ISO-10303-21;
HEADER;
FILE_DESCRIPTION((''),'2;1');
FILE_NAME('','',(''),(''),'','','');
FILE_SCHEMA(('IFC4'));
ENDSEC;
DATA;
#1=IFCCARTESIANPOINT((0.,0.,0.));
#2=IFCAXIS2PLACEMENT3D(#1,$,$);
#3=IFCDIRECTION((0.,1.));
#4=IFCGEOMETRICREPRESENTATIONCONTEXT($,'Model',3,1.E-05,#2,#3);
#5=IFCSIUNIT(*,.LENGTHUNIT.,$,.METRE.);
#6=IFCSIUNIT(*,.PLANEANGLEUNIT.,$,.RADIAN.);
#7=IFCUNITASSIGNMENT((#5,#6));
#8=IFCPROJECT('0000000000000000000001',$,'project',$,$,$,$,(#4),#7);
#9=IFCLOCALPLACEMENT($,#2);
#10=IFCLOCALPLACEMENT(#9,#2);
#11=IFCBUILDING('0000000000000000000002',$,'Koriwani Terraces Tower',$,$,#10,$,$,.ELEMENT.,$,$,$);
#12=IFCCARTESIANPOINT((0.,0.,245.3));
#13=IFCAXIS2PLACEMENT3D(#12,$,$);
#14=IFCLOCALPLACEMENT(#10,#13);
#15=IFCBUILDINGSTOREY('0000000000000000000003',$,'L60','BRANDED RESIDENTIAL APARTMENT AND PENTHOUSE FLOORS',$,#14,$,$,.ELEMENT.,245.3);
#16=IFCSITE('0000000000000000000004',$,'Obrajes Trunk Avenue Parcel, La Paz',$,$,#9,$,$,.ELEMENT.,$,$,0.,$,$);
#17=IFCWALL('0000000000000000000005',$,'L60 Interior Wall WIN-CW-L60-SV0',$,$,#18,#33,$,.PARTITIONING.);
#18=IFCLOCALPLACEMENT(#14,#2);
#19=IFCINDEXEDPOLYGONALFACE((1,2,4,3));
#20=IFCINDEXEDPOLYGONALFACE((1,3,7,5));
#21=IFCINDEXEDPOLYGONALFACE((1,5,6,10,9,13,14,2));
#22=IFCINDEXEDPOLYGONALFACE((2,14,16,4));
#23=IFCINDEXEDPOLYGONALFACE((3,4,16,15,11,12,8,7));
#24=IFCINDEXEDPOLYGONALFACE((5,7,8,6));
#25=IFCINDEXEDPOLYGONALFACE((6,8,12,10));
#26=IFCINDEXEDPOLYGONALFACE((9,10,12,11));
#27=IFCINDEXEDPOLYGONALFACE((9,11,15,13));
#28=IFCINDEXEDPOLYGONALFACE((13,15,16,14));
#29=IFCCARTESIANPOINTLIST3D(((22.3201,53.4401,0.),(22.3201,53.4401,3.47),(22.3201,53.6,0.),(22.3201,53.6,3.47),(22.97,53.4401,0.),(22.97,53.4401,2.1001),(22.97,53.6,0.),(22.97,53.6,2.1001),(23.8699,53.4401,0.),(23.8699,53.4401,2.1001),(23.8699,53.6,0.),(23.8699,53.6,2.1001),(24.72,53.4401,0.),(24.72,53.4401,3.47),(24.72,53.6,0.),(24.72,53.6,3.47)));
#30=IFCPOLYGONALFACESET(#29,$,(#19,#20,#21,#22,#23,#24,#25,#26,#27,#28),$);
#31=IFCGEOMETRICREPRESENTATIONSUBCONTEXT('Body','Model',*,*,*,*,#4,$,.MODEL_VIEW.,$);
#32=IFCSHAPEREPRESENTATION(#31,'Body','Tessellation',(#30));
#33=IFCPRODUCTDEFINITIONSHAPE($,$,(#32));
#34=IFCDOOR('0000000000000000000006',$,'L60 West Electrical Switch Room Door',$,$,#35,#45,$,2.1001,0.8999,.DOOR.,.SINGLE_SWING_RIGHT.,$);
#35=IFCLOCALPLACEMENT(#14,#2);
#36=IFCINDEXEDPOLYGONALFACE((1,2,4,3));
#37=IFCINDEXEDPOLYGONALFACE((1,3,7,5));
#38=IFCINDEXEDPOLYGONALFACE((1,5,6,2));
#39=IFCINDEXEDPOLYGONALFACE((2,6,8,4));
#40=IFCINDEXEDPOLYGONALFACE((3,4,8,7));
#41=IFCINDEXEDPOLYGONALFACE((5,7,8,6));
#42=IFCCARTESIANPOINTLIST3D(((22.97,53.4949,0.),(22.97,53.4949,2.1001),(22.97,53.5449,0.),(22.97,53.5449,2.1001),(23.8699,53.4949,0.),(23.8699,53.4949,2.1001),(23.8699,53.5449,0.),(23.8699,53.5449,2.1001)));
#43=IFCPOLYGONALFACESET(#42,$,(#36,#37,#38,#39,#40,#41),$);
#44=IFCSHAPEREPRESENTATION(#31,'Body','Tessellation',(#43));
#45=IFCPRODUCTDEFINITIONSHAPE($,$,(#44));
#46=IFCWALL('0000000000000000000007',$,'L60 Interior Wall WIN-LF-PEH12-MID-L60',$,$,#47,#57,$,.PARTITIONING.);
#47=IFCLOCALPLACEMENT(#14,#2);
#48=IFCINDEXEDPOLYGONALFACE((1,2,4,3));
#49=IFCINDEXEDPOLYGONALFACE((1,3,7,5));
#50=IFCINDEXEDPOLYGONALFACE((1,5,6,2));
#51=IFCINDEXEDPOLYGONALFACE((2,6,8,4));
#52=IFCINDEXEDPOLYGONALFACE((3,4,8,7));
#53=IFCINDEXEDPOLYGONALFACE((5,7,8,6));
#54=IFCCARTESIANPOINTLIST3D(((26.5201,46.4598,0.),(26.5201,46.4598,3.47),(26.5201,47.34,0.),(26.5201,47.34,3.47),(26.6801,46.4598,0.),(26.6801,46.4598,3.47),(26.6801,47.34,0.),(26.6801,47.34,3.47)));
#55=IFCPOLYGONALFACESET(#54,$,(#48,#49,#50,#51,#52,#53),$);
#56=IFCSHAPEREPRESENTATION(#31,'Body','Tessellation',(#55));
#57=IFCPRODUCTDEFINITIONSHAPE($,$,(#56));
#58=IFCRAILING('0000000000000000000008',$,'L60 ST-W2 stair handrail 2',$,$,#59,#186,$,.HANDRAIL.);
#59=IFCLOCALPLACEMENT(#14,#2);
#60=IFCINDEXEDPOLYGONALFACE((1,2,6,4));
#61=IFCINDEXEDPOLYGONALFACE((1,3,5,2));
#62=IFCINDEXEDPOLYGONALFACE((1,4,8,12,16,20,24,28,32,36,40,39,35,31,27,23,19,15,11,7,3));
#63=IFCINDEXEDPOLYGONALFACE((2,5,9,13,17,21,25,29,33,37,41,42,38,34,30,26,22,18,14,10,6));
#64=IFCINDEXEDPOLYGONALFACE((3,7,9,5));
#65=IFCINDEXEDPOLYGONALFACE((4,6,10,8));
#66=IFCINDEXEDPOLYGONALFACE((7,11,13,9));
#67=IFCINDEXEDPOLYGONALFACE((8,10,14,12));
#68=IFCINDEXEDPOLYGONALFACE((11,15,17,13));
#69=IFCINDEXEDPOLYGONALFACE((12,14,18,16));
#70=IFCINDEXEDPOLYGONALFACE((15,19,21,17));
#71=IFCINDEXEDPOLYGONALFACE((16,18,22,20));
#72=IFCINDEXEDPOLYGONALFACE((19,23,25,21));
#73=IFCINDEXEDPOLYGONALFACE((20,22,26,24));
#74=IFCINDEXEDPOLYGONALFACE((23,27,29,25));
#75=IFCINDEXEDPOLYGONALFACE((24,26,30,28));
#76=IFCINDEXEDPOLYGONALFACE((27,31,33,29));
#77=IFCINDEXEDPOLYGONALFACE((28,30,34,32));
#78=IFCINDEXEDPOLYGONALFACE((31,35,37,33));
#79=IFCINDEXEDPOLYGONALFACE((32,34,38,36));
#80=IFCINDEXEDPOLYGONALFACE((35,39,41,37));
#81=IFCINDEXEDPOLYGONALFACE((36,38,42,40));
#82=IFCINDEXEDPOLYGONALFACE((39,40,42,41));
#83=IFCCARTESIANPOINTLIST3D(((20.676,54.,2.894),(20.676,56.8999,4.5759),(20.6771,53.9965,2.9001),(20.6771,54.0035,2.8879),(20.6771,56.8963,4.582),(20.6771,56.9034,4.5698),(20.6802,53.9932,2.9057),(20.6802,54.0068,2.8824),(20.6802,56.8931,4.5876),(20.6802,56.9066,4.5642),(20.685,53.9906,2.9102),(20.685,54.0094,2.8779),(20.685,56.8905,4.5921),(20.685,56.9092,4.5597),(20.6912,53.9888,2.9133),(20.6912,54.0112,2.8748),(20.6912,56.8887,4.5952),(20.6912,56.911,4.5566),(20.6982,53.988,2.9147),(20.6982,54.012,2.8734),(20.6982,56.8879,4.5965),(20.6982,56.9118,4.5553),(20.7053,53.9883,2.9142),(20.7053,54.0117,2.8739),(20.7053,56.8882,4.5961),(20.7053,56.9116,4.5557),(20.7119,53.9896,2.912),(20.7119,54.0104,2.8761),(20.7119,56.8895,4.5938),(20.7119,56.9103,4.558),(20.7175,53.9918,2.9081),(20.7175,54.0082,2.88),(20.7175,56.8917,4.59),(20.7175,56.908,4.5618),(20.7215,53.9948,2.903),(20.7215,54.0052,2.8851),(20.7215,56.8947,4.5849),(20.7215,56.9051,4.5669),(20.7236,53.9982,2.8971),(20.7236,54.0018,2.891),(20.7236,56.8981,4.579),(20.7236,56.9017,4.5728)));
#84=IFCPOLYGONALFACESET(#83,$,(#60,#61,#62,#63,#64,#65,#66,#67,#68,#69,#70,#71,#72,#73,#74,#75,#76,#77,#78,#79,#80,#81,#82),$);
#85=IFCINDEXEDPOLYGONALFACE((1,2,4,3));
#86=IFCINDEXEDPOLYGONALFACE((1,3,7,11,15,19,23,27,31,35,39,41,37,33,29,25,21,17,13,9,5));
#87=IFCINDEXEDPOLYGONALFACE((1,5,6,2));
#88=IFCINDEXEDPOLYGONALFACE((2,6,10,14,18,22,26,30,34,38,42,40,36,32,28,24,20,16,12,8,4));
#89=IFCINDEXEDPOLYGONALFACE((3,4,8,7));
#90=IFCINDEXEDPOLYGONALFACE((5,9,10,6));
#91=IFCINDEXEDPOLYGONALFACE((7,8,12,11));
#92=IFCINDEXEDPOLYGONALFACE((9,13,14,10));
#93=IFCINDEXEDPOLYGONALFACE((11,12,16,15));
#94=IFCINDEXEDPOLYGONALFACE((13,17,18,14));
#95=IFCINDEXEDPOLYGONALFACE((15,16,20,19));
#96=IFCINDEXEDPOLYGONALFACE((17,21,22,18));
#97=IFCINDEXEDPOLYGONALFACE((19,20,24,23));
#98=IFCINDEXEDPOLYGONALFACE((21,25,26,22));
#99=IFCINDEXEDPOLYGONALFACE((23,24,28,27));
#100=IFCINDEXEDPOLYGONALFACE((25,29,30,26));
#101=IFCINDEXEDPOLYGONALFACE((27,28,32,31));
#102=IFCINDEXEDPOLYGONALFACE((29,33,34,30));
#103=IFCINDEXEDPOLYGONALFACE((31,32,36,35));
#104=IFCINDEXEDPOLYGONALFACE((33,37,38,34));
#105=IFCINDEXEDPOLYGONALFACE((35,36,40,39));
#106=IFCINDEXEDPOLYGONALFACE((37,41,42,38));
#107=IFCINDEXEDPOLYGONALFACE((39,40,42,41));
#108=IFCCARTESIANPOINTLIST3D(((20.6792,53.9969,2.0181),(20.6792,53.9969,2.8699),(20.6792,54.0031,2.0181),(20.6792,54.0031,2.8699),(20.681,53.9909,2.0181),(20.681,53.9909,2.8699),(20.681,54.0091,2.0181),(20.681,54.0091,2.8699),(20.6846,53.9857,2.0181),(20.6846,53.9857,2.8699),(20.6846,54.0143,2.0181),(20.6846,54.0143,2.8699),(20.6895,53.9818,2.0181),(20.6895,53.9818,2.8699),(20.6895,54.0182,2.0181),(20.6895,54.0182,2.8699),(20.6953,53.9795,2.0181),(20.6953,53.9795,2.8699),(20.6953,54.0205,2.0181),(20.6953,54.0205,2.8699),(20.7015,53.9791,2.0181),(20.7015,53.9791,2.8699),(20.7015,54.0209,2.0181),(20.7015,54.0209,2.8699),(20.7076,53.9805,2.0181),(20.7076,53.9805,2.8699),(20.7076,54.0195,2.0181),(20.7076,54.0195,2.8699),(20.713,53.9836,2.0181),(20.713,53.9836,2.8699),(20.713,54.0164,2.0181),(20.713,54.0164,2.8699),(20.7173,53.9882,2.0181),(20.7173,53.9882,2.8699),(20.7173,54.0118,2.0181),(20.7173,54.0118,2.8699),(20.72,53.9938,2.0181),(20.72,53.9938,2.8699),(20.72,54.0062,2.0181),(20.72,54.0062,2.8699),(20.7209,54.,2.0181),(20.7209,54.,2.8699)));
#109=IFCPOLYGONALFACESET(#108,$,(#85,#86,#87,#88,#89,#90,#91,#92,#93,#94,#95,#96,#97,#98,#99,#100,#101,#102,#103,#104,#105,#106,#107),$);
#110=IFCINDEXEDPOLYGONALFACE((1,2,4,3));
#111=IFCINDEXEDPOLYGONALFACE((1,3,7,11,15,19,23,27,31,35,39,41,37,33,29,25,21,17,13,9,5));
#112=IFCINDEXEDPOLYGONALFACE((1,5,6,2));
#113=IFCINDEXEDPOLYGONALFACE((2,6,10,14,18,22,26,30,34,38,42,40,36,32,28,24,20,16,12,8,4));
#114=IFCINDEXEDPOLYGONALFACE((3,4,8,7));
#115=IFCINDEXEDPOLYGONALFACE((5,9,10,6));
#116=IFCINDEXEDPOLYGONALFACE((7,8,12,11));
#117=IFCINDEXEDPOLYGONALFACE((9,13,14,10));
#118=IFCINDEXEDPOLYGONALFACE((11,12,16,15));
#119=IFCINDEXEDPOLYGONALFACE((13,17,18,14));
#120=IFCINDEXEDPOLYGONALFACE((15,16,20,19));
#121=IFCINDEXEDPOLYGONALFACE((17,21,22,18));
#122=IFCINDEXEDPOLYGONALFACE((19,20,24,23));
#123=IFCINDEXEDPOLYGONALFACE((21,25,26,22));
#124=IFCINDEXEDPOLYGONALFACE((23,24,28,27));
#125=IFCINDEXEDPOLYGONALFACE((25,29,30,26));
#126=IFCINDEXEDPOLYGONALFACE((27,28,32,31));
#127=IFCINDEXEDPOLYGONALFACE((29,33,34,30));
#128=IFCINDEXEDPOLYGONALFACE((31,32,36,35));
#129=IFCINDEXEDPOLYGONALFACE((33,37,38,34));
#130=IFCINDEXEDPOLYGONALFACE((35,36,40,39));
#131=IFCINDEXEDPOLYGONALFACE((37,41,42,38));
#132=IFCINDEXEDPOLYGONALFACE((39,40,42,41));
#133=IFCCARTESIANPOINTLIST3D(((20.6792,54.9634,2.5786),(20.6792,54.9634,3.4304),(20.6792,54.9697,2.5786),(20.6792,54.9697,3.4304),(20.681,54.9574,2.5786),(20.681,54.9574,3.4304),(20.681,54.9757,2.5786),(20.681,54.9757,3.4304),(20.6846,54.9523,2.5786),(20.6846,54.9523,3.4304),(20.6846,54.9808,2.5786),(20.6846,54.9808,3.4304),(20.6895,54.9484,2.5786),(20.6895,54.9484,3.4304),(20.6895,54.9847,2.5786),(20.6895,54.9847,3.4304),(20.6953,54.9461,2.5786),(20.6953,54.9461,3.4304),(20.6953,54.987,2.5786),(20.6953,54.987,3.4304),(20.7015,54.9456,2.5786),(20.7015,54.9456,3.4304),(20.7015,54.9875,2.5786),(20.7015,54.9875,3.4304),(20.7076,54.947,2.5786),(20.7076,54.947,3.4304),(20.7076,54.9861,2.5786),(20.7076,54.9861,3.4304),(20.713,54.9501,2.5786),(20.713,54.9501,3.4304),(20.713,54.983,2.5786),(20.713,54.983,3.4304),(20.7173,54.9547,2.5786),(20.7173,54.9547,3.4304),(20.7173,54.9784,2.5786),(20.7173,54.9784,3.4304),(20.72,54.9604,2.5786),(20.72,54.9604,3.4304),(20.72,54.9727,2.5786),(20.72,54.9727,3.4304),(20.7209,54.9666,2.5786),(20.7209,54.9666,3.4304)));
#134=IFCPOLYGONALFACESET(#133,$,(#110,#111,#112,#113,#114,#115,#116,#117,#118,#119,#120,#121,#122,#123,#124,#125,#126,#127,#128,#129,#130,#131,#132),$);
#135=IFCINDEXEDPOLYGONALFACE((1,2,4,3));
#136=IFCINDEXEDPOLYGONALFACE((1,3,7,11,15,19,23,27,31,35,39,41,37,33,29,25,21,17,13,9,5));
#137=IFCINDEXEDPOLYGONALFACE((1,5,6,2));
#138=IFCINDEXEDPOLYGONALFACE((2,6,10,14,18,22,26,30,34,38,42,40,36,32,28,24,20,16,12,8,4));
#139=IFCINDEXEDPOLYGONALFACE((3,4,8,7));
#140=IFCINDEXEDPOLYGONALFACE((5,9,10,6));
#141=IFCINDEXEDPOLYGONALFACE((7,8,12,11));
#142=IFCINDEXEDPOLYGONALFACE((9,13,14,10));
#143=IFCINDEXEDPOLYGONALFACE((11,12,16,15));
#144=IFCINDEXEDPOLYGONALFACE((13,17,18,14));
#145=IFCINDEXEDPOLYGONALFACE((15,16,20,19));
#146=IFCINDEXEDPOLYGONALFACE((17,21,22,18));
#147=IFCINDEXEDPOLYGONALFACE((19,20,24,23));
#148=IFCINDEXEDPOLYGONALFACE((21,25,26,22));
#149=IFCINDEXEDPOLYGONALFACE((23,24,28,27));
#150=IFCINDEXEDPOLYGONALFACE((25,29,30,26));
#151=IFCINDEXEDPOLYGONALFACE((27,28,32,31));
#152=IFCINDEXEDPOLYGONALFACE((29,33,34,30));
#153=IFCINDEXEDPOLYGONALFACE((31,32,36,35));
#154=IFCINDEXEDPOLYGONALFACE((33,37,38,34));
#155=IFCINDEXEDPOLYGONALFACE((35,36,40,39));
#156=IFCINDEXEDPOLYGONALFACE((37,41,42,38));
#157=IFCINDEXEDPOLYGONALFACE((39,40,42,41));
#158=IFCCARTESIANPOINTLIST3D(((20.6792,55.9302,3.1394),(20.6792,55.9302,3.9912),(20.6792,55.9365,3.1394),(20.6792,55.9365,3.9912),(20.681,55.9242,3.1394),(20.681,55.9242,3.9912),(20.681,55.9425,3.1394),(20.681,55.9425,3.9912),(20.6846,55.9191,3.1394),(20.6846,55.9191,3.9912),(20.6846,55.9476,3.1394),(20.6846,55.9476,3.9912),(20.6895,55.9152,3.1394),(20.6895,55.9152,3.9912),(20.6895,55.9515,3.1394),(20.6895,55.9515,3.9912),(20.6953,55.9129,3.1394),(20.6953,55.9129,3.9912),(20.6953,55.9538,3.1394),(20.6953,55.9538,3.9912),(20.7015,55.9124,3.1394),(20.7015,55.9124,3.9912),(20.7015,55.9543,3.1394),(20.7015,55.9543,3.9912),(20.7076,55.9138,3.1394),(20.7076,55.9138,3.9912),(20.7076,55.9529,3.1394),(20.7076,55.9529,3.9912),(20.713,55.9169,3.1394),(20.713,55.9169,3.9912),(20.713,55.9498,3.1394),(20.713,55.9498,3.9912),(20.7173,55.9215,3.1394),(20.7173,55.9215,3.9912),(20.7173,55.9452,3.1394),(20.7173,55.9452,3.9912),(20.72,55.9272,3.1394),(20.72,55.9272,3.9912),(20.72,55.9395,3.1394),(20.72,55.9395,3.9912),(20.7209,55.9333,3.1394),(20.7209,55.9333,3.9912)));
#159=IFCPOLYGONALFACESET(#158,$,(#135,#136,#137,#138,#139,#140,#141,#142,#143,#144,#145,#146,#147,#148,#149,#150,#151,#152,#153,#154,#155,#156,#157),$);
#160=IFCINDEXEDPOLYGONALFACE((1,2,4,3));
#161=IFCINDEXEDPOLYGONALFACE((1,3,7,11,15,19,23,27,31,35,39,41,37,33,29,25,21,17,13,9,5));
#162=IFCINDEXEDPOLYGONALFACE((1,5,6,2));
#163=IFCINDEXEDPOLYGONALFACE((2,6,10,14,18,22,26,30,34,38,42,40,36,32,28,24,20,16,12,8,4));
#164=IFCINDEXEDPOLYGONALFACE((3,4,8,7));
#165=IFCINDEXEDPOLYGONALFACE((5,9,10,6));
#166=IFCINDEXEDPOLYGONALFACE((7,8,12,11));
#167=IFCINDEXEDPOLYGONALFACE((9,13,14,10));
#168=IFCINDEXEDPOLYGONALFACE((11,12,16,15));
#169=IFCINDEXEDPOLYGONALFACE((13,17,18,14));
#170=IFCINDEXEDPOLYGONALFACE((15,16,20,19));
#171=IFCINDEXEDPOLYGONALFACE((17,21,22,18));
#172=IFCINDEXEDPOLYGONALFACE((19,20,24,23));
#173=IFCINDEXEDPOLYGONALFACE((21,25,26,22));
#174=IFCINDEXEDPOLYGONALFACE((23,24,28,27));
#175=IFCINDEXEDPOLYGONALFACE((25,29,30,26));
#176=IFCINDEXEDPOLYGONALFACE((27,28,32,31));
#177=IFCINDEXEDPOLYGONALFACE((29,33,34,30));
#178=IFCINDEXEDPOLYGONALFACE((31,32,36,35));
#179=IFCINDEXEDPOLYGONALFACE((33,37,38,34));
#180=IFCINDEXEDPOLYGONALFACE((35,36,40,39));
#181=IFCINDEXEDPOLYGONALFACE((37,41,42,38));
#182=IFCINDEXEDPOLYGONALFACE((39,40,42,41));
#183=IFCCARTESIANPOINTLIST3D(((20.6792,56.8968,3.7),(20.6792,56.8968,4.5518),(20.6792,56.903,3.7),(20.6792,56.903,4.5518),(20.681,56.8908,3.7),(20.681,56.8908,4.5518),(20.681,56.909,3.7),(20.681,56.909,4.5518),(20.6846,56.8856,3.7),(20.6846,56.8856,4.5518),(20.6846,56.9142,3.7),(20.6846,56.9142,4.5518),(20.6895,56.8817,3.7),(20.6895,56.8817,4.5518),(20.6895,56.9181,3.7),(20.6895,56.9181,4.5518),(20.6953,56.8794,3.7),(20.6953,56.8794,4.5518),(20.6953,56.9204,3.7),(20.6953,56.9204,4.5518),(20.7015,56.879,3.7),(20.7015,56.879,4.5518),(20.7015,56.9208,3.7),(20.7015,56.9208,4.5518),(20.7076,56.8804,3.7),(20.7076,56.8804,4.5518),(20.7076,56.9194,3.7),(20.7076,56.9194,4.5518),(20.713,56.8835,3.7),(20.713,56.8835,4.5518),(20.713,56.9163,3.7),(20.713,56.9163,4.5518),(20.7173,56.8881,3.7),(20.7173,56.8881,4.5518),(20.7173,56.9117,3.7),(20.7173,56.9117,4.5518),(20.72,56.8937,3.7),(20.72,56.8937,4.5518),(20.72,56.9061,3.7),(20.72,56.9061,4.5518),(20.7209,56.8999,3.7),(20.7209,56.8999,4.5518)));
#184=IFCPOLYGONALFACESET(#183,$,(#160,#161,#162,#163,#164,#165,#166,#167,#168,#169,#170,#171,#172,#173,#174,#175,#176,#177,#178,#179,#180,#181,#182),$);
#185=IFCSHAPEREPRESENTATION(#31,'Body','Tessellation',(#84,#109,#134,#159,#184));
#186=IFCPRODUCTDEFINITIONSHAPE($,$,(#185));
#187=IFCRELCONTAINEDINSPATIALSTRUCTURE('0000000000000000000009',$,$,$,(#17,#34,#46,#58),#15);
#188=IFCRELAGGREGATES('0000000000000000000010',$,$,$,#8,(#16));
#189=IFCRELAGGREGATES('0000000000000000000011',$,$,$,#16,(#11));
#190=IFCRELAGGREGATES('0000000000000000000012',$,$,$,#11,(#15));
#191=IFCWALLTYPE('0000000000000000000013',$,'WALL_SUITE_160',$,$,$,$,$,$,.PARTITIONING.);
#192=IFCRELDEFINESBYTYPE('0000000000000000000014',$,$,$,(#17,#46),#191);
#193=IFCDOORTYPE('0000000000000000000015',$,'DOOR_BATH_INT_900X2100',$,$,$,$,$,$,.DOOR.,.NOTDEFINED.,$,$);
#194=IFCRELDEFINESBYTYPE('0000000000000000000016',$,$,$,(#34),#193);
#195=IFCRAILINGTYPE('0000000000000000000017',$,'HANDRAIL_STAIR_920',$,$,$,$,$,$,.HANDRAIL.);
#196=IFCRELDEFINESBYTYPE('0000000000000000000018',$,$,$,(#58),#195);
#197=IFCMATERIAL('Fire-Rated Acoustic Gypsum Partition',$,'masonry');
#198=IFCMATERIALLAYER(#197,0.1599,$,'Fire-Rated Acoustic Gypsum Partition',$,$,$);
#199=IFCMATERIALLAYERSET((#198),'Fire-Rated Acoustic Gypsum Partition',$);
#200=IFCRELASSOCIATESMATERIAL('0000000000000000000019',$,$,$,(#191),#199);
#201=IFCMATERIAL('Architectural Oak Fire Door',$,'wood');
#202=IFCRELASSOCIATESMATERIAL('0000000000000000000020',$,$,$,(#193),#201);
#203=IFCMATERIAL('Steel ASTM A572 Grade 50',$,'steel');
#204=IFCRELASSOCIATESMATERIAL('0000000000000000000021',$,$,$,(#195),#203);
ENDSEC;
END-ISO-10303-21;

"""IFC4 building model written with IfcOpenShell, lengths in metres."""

from ifc_helpers import new_model, si_unit, direction, frame, frame_2d, origin, origin_2d, place, context, subcontext, project, spatial, rectangle, circle, extrude, material, layer, layer_set, type_object, element, fill, save


model = new_model("IFC4")

# Units and contexts
model_context = context("Model", 3, precision=1e-05, world=origin(), true_north=direction((0.0, 1.0)))
body_context = subcontext(model_context, "Body", "Model", "MODEL_VIEW")
ifc_project = project(units=[si_unit("LENGTHUNIT", "METRE"), si_unit("PLANEANGLEUNIT", "RADIAN")], contexts=[model_context])

# Site, building, storey
site_placement = place(None, origin())
site = spatial("IfcSite", under=ifc_project, at=site_placement, Name="Obrajes Trunk Avenue Parcel, La Paz", CompositionType="ELEMENT", RefElevation=0.0)
building_placement = place(site_placement, origin())
building = spatial("IfcBuilding", under=site, at=building_placement, Name="Koriwani Terraces Tower", CompositionType="ELEMENT")
storey_placement = place(building_placement, frame((0.0, 0.0, 245.3)))
storey = spatial("IfcBuildingStorey", under=building, at=storey_placement, Name="L60", Description="BRANDED RESIDENTIAL APARTMENT AND PENTHOUSE FLOORS", CompositionType="ELEMENT", Elevation=245.3)

# Shared definitions
ifc_material_1 = material(Name="Steel ASTM A572 Grade 50", Category="steel")

# Wall, opening, door
ifc_material_2 = material(Name="Fire-Rated Acoustic Gypsum Partition", Category="masonry")
ifc_layer_1 = layer(ifc_material_2, 0.1599, Name="Fire-Rated Acoustic Gypsum Partition")
ifc_layer_set_1 = layer_set([ifc_layer_1], Name="Fire-Rated Acoustic Gypsum Partition")
wall_type_1 = type_object("IfcWallType", Name="WALL_SUITE_160", PredefinedType="PARTITIONING", material=ifc_layer_set_1)
wall_1_placement = place(storey_placement, frame((22.3201, 53.52, 0.0), z_axis=(0.0, 0.0, 1.0), x_axis=(1.0, 0.0, 0.0)))
wall_1 = element("IfcWall", 1, at=wall_1_placement, inside=storey, type_object=wall_type_1, Name="L60 Interior Wall WIN-CW-L60-SV0", PredefinedType="PARTITIONING", context=body_context, shape_type="SweptSolid", body=[
    extrude(rectangle(XDim=2.3999, YDim=0.1599, at=frame_2d((1.2, 0.0))), origin(), (0.0, 0.0, 1.0), 3.47),
])
opening_1_placement = place(wall_1_placement, frame((0.6499, 0.0, 0.0)))
opening_1 = element("IfcOpeningElement", 2, at=opening_1_placement, cuts=wall_1, PredefinedType="OPENING", context=body_context, shape_type="SweptSolid", body=[
    extrude(rectangle(XDim=0.8999, YDim=2.1001, at=frame_2d((0.45, 1.05))), frame((0.0, 0.0898, 0.0), z_axis=(0.0, -1.0, 0.0), x_axis=(1.0, 0.0, 0.0)), (0.0, 0.0, 1.0), 0.1799),
])
ifc_material_3 = material(Name="Architectural Oak Fire Door", Category="wood")
door_type_1 = type_object("IfcDoorType", Name="DOOR_BATH_INT_900X2100", OperationType="NOTDEFINED", PredefinedType="DOOR", material=ifc_material_3)
door_1_placement = place(opening_1_placement, origin())
door_1 = element("IfcDoor", 3, at=door_1_placement, inside=storey, type_object=door_type_1, Name="L60 West Electrical Switch Room Door", OperationType="SINGLE_SWING_RIGHT", OverallHeight=2.1001, OverallWidth=0.8999, PredefinedType="DOOR", context=body_context, shape_type="SweptSolid", body=[
    extrude(rectangle(XDim=0.8999, YDim=2.1001, at=frame_2d((0.45, 1.05))), frame((0.0, 0.0249, 0.0), z_axis=(0.0, -1.0, 0.0), x_axis=(1.0, 0.0, 0.0)), (0.0, 0.0, 1.0), 0.05),
])
fill(opening_1, door_1)

# Wall
wall_2_placement = place(storey_placement, frame((26.6001, 46.46, 0.0), z_axis=(0.0, 0.0, 1.0), x_axis=(0.0, 1.0, 0.0)))
element("IfcWall", 4, at=wall_2_placement, inside=storey, type_object=wall_type_1, Name="L60 Interior Wall WIN-LF-PEH12-MID-L60", PredefinedType="PARTITIONING", context=body_context, shape_type="SweptSolid", body=[
    extrude(rectangle(XDim=0.8801, YDim=0.1599, at=frame_2d((0.4399, 0.0))), origin(), (0.0, 0.0, 1.0), 3.47),
])

# Railing
railing_type = type_object("IfcRailingType", Name="HANDRAIL_STAIR_920", PredefinedType="HANDRAIL", material=ifc_material_1)
railing_placement = place(storey_placement, frame((20.7, 54.0, 2.0181)))
element("IfcRailing", 5, at=railing_placement, inside=storey, type_object=railing_type, Name="L60 ST-W2 stair handrail 2", PredefinedType="HANDRAIL", context=body_context, shape_type="SweptSolid", body=[
    extrude(circle(Radius=0.0239, at=origin_2d()), frame((0.0, 0.0, 0.876), z_axis=(0.0, 0.865039, 0.501705), x_axis=(-1.0, 0.0, 0.0)), (0.0, 0.0, 1.0), 3.3523),
    extrude(circle(Radius=0.021, at=origin_2d()), origin(), (0.0, 0.0, 1.0), 0.8518),
    extrude(circle(Radius=0.021, at=origin_2d()), frame((0.0, 0.9666, 0.5605)), (0.0, 0.0, 1.0), 0.8518),
    extrude(circle(Radius=0.021, at=origin_2d()), frame((0.0, 1.9333, 1.1213)), (0.0, 0.0, 1.0), 0.8518),
    extrude(circle(Radius=0.021, at=origin_2d()), frame((0.0, 2.8999, 1.6819)), (0.0, 0.0, 1.0), 0.8518),
])

save(model, "model.ifc")
